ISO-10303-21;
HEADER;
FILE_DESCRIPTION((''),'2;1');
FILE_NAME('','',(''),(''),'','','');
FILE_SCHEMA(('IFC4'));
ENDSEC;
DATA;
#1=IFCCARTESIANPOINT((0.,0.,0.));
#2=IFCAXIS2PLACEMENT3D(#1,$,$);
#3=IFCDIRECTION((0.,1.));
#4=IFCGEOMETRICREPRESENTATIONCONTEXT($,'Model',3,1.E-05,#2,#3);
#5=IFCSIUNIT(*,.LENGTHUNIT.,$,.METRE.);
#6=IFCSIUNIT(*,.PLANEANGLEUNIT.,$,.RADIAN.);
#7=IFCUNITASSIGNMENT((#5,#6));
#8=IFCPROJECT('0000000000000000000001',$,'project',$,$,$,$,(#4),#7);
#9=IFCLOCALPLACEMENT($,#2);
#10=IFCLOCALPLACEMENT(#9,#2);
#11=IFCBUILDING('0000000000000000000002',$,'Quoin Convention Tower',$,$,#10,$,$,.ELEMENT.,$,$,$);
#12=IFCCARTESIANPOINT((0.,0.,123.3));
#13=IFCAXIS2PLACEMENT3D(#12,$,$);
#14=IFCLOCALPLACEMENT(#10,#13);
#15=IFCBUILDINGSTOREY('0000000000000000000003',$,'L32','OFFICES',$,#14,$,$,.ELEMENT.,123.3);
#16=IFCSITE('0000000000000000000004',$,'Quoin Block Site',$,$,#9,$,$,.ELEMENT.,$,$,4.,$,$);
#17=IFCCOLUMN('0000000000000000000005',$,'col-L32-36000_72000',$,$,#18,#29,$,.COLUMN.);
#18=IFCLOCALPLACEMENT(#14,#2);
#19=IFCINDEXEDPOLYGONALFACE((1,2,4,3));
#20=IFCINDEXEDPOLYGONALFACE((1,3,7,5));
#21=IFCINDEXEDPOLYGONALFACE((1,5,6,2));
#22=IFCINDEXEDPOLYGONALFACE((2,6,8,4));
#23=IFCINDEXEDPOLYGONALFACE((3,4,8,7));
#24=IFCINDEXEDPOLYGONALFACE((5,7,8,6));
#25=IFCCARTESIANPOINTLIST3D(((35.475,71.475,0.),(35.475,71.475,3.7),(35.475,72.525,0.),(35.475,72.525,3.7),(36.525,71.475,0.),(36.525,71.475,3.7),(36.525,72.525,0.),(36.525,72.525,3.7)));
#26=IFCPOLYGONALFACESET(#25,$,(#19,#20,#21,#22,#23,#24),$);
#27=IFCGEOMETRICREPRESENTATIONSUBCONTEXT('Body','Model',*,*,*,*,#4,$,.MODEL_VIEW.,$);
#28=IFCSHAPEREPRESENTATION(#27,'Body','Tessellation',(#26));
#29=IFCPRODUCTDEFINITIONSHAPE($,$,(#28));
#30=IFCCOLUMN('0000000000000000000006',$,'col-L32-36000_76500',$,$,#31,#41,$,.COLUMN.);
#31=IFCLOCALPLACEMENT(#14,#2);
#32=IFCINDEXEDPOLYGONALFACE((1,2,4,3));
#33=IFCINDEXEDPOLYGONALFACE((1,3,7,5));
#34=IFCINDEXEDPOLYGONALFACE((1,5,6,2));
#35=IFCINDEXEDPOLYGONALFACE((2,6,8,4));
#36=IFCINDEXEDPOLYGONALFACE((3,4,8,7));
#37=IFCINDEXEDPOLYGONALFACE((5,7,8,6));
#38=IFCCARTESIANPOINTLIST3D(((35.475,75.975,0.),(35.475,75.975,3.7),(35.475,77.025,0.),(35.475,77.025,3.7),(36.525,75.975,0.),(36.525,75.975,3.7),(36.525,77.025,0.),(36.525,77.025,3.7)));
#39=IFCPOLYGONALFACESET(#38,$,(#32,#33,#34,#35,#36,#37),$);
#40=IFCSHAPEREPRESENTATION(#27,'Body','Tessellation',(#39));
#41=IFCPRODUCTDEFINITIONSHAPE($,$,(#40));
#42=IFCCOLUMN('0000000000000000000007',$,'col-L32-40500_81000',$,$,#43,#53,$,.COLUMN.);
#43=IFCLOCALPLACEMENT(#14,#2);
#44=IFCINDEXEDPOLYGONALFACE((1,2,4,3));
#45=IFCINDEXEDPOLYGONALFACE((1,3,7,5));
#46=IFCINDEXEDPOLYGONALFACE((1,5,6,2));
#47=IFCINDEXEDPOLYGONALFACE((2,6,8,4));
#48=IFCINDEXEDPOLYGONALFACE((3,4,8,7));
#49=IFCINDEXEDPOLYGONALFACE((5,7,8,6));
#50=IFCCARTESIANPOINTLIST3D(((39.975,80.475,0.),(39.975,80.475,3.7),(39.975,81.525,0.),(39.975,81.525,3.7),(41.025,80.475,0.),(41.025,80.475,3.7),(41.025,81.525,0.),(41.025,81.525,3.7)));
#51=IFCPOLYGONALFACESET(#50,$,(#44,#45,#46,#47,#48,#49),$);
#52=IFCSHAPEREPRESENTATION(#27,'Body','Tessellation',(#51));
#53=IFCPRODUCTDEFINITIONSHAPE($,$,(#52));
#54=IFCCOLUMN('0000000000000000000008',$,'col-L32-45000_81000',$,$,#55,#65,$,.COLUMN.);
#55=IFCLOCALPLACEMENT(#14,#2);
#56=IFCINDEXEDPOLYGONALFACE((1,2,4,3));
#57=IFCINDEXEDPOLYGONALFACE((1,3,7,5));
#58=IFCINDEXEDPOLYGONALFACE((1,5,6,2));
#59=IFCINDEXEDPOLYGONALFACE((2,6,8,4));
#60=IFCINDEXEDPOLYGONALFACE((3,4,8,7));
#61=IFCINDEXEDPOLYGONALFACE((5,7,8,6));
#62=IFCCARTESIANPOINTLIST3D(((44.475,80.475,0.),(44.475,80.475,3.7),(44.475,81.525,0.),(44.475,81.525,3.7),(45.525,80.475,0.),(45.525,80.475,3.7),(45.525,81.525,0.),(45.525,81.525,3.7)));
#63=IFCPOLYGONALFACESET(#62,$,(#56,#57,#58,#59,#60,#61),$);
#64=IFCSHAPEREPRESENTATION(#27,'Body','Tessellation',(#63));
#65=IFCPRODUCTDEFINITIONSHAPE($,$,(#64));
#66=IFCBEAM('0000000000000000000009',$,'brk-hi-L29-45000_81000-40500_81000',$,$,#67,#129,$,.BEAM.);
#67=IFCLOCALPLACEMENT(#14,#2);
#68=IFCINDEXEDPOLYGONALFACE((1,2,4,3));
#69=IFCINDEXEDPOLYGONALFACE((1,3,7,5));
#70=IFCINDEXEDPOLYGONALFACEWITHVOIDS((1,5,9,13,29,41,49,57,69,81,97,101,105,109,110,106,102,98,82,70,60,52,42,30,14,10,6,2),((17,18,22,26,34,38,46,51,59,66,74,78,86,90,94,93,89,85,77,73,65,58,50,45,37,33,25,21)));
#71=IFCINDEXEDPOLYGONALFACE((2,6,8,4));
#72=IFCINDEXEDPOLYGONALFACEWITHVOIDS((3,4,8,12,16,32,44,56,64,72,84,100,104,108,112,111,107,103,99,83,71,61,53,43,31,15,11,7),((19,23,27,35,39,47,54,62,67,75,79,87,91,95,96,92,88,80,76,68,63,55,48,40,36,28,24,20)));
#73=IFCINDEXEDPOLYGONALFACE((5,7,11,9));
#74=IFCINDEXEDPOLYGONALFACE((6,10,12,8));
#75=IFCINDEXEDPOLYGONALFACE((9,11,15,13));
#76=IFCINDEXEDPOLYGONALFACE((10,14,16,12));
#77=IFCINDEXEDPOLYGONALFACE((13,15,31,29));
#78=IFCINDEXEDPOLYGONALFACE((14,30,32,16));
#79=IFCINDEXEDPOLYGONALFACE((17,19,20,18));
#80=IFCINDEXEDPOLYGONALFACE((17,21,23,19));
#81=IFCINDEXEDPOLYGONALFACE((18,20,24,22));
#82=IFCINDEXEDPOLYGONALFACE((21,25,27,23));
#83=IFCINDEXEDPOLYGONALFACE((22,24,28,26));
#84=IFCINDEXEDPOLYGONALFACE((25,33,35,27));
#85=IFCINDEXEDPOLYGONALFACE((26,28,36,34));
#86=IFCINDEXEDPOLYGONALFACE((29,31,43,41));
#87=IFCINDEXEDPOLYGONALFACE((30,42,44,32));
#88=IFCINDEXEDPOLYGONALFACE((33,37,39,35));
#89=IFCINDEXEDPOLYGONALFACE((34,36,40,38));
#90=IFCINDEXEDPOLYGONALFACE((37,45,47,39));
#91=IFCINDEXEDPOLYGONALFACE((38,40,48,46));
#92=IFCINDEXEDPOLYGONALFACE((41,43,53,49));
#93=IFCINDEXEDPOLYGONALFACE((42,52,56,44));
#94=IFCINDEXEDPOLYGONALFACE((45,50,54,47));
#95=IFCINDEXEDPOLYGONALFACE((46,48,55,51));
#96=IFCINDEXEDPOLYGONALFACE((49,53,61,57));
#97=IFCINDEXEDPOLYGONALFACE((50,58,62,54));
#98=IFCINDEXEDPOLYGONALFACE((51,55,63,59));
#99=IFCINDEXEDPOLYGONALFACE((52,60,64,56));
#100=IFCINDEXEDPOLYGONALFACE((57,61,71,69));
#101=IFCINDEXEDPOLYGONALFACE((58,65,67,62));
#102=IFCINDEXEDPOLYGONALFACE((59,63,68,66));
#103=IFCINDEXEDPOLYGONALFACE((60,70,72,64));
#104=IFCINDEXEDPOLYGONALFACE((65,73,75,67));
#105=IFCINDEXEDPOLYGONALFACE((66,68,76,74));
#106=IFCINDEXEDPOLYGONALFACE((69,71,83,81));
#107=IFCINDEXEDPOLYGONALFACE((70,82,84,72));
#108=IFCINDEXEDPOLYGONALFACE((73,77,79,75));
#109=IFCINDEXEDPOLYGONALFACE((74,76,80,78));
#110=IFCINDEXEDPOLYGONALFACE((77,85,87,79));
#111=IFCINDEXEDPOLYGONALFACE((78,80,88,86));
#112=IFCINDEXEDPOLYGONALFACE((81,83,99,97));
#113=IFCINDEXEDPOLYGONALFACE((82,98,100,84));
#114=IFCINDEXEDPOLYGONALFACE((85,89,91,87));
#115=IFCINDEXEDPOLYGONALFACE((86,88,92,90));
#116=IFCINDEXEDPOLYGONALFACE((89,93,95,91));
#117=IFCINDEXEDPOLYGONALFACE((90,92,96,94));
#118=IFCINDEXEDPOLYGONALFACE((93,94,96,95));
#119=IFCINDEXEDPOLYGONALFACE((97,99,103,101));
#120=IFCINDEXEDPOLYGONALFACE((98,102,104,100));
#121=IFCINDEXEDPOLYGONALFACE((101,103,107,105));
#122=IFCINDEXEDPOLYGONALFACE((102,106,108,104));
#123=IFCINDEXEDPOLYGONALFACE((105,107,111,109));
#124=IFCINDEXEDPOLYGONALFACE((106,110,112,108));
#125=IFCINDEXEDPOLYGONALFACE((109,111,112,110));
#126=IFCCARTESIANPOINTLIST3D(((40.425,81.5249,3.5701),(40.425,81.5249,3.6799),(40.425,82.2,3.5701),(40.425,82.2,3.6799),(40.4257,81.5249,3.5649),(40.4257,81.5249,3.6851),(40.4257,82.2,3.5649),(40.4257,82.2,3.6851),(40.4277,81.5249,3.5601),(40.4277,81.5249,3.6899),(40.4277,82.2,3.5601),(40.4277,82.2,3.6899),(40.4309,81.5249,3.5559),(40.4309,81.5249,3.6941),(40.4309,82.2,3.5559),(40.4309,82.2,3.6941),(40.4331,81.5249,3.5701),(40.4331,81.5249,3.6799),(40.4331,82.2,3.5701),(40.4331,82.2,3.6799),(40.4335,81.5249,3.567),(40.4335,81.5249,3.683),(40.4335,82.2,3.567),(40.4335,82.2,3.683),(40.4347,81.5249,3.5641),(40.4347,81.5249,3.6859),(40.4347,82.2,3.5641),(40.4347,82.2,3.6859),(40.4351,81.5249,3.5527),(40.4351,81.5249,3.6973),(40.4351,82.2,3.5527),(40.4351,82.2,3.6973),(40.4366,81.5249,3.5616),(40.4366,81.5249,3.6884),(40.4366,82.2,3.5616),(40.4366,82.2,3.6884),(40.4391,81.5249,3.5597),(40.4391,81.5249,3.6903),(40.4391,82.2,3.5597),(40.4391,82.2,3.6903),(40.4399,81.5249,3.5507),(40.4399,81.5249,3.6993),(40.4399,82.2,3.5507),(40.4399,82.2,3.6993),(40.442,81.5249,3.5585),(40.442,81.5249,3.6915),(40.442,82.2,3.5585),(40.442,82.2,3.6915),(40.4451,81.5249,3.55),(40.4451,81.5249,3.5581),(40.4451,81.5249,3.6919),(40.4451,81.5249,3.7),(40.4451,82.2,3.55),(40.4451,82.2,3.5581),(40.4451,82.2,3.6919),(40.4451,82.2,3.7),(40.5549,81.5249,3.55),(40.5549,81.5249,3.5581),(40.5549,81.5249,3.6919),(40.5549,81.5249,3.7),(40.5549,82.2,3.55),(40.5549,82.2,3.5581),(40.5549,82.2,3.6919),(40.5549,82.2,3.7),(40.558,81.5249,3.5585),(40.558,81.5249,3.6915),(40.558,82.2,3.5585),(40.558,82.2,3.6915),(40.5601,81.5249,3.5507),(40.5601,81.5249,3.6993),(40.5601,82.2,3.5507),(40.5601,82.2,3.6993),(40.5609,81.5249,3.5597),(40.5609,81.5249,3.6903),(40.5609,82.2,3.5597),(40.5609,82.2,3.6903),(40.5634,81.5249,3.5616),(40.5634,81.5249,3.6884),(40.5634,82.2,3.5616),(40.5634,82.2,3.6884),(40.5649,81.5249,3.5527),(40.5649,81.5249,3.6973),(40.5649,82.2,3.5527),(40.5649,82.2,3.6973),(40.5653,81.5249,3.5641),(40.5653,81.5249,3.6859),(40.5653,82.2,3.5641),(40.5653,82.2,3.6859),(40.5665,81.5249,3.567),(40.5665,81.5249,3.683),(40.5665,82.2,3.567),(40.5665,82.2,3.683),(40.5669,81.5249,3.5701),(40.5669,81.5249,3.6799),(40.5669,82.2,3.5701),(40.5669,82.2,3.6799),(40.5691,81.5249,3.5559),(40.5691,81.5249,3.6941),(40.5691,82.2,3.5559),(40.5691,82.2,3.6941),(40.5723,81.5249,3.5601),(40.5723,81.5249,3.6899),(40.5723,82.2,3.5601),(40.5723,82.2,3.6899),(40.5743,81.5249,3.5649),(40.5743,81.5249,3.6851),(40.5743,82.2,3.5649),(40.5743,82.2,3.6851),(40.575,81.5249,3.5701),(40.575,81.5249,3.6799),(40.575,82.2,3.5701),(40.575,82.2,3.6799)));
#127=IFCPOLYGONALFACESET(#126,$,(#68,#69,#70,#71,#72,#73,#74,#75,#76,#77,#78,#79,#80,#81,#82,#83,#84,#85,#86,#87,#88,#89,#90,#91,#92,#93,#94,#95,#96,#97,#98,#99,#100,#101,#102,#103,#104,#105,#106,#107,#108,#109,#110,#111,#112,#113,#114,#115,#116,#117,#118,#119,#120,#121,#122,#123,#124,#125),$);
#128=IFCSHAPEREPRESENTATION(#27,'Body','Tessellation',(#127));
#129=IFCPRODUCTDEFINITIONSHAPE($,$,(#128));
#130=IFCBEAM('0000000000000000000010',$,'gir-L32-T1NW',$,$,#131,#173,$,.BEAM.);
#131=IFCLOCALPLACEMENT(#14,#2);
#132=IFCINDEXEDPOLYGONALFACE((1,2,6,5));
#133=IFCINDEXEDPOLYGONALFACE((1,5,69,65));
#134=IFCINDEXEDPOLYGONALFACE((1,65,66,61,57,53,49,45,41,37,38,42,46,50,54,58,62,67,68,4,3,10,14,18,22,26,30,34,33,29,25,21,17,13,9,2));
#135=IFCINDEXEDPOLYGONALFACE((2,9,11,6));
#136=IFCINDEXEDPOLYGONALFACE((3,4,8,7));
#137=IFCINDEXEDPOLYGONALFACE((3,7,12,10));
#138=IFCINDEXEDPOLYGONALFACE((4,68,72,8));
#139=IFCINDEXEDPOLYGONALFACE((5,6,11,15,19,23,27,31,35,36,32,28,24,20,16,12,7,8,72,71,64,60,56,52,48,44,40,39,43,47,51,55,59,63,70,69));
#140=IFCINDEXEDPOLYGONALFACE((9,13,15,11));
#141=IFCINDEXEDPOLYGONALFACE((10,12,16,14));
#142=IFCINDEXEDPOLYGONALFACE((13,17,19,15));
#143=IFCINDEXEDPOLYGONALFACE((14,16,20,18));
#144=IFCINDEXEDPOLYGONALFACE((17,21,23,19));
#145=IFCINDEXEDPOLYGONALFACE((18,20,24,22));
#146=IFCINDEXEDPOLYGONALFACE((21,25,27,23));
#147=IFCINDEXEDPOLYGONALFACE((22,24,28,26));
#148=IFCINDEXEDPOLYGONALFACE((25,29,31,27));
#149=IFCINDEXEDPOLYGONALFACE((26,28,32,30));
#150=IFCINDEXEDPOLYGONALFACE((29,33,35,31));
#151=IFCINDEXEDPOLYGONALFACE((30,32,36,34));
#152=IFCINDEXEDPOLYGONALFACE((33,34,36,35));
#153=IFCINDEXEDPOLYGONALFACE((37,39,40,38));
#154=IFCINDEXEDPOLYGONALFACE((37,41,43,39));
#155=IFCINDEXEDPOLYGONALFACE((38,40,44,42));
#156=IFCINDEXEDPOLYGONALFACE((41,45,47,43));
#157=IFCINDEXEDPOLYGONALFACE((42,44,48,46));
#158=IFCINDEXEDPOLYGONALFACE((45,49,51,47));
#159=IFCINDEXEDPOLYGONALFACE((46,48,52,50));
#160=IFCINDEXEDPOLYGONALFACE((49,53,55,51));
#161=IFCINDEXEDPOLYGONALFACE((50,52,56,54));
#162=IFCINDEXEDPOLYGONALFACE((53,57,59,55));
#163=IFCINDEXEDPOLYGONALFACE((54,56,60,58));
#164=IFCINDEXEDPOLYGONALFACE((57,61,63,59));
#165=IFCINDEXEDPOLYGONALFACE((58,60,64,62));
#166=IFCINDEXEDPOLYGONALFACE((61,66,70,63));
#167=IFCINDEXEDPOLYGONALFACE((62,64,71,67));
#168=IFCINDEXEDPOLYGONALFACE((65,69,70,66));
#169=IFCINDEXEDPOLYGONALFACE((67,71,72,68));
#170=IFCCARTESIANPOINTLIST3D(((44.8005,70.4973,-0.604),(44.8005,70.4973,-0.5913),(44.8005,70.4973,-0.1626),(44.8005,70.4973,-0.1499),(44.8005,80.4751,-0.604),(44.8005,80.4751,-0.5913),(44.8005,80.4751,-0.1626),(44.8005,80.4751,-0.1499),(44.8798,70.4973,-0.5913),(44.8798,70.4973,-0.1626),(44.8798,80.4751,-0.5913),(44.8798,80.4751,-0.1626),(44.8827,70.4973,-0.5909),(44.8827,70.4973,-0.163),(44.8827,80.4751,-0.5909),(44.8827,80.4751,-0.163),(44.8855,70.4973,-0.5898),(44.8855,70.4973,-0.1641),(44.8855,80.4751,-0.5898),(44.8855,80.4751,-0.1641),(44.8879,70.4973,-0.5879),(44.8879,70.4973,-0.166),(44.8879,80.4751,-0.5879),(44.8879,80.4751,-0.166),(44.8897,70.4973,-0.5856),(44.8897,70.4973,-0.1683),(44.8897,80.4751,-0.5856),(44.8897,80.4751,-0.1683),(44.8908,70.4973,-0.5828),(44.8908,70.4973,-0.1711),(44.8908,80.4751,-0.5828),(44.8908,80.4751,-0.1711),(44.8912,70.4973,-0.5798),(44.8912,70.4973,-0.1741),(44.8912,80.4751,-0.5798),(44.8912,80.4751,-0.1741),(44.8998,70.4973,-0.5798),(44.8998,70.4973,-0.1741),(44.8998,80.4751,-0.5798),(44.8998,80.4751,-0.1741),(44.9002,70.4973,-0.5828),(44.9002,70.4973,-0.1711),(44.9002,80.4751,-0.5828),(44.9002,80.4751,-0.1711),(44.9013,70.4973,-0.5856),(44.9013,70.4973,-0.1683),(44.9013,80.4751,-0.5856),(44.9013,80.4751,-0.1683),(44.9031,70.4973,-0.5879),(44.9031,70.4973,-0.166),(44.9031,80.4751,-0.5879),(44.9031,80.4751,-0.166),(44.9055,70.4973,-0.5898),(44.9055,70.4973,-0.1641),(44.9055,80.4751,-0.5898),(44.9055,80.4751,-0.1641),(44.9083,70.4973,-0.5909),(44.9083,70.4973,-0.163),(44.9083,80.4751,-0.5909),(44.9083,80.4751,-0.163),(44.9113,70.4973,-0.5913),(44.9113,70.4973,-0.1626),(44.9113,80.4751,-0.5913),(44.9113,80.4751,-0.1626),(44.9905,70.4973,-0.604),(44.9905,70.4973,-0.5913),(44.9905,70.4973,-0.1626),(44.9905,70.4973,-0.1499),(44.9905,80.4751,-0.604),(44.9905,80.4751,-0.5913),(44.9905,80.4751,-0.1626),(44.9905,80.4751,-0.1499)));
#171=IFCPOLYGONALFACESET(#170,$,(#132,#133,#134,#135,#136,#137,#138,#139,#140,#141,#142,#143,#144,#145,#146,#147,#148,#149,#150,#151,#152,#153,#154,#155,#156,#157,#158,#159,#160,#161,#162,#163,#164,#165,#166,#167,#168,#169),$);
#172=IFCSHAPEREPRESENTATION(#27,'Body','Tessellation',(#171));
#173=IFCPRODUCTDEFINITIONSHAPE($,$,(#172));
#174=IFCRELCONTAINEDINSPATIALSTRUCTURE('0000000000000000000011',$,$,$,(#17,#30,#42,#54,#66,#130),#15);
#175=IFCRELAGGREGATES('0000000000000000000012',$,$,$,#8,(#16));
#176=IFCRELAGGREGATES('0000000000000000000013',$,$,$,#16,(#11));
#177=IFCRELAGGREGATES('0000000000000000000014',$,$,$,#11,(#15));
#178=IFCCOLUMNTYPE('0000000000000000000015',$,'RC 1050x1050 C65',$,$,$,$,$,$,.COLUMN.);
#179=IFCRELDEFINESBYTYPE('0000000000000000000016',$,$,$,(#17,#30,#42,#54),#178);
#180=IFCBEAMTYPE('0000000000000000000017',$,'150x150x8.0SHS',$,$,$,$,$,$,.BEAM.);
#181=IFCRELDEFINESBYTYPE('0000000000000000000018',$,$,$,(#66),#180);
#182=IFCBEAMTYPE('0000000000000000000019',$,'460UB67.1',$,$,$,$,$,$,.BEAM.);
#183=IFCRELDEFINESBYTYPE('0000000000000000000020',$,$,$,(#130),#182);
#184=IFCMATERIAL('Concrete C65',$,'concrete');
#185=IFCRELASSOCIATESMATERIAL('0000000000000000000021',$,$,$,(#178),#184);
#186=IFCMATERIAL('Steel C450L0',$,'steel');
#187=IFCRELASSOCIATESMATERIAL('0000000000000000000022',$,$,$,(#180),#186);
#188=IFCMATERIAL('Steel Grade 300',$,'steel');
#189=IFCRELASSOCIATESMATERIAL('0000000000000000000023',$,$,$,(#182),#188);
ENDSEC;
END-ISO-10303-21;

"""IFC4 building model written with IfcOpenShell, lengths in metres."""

from ifc_helpers import new_model, si_unit, direction, frame, origin, origin_2d, place, context, subcontext, project, spatial, rectangle, hollow_rectangle, i_section, extrude, material, material_profile, profile_set, type_object, element, save


model = new_model("IFC4")

# Units and contexts
model_context = context("Model", 3, precision=1e-05, world=origin(), true_north=direction((0.0, 1.0)))
body_context = subcontext(model_context, "Body", "Model", "MODEL_VIEW")
ifc_project = project(units=[si_unit("LENGTHUNIT", "METRE"), si_unit("PLANEANGLEUNIT", "RADIAN")], contexts=[model_context])

# Site, building, storey
site_placement = place(None, origin())
site = spatial("IfcSite", under=ifc_project, at=site_placement, Name="Quoin Block Site", CompositionType="ELEMENT", RefElevation=4.0)
building_placement = place(site_placement, origin())
building = spatial("IfcBuilding", under=site, at=building_placement, Name="Quoin Convention Tower", CompositionType="ELEMENT")
storey_placement = place(building_placement, frame((0.0, 0.0, 123.3)))
storey = spatial("IfcBuildingStorey", under=building, at=storey_placement, Name="L32", Description="OFFICES", CompositionType="ELEMENT", Elevation=123.3)

# Columns
ifc_material_1 = material(Name="Concrete C65", Category="concrete")
ifc_material_profile_1 = material_profile(ifc_material_1, rectangle(XDim=1.05, YDim=1.05, at=origin_2d()), Name="RC 1050x1050")
ifc_profile_set_1 = profile_set([ifc_material_profile_1], Name="Concrete C65")
column_type = type_object("IfcColumnType", Name="RC 1050x1050 C65", PredefinedType="COLUMN", material=ifc_profile_set_1)
for number, where, z_axis, x_axis, name in (
    (1, (36.0, 72.0, 0.0), (0.0, 0.0, 1.0), (1.0, 0.0, 0.0), "col-L32-36000_72000"),
    (2, (36.0, 76.5, 0.0), (0.0, 0.0, 1.0), (1.0, 0.0, 0.0), "col-L32-36000_76500"),
    (3, (40.5, 81.0, 0.0), (0.0, 0.0, 1.0), (1.0, 0.0, 0.0), "col-L32-40500_81000"),
    (4, (45.0, 81.0, 0.0), (0.0, 0.0, 1.0), (1.0, 0.0, 0.0), "col-L32-45000_81000"),
):
    element("IfcColumn", number, at=place(storey_placement, frame(where, z_axis=z_axis, x_axis=x_axis)), inside=storey, type_object=column_type, Name=name, PredefinedType="COLUMN", context=body_context, shape_type="SweptSolid", body=[
        extrude(rectangle(XDim=1.05, YDim=1.05, at=origin_2d()), origin(), (0.0, 0.0, 1.0), 3.7),
    ])

# Beams
ifc_material_2 = material(Name="Steel C450L0", Category="steel")
ifc_material_profile_2 = material_profile(ifc_material_2, hollow_rectangle(XDim=0.1499, YDim=0.1499, WallThickness=0.0081, InnerFilletRadius=0.012, OuterFilletRadius=0.02, at=origin_2d()), Name="150x150x8.0SHS")
ifc_profile_set_2 = profile_set([ifc_material_profile_2], Name="Steel C450L0")
beam_type_1 = type_object("IfcBeamType", Name="150x150x8.0SHS", PredefinedType="BEAM", material=ifc_profile_set_2)
beam_1_placement = place(storey_placement, frame((40.5, 81.5249, 3.625), z_axis=(0.0, 1.0, 0.0), x_axis=(-1.0, 0.0, 0.0)))
element("IfcBeam", 5, at=beam_1_placement, inside=storey, type_object=beam_type_1, Name="brk-hi-L29-45000_81000-40500_81000", PredefinedType="BEAM", context=body_context, shape_type="SweptSolid", body=[
    extrude(hollow_rectangle(XDim=0.1499, YDim=0.1499, WallThickness=0.0081, InnerFilletRadius=0.012, OuterFilletRadius=0.02, at=origin_2d()), origin(), (0.0, 0.0, 1.0), 0.675),
])
ifc_material_3 = material(Name="Steel Grade 300", Category="steel")
ifc_material_profile_3 = material_profile(ifc_material_3, i_section(OverallWidth=0.1899, OverallDepth=0.4541, WebThickness=0.0085, FlangeThickness=0.0127, FilletRadius=0.0115, at=origin_2d()), Name="460UB67.1")
ifc_profile_set_3 = profile_set([ifc_material_profile_3], Name="Steel Grade 300")
beam_type_2 = type_object("IfcBeamType", Name="460UB67.1", PredefinedType="BEAM", material=ifc_profile_set_3)
beam_2_placement = place(storey_placement, frame((44.8955, 80.4751, -0.377), z_axis=(0.0, -1.0, 0.0), x_axis=(1.0, 0.0, 0.0)))
element("IfcBeam", 6, at=beam_2_placement, inside=storey, type_object=beam_type_2, Name="gir-L32-T1NW", PredefinedType="BEAM", context=body_context, shape_type="SweptSolid", body=[
    extrude(i_section(OverallWidth=0.1899, OverallDepth=0.4541, WebThickness=0.0085, FlangeThickness=0.0127, FilletRadius=0.0115, at=origin_2d()), origin(), (0.0, 0.0, 1.0), 9.9778),
])

save(model, "model.ifc")
